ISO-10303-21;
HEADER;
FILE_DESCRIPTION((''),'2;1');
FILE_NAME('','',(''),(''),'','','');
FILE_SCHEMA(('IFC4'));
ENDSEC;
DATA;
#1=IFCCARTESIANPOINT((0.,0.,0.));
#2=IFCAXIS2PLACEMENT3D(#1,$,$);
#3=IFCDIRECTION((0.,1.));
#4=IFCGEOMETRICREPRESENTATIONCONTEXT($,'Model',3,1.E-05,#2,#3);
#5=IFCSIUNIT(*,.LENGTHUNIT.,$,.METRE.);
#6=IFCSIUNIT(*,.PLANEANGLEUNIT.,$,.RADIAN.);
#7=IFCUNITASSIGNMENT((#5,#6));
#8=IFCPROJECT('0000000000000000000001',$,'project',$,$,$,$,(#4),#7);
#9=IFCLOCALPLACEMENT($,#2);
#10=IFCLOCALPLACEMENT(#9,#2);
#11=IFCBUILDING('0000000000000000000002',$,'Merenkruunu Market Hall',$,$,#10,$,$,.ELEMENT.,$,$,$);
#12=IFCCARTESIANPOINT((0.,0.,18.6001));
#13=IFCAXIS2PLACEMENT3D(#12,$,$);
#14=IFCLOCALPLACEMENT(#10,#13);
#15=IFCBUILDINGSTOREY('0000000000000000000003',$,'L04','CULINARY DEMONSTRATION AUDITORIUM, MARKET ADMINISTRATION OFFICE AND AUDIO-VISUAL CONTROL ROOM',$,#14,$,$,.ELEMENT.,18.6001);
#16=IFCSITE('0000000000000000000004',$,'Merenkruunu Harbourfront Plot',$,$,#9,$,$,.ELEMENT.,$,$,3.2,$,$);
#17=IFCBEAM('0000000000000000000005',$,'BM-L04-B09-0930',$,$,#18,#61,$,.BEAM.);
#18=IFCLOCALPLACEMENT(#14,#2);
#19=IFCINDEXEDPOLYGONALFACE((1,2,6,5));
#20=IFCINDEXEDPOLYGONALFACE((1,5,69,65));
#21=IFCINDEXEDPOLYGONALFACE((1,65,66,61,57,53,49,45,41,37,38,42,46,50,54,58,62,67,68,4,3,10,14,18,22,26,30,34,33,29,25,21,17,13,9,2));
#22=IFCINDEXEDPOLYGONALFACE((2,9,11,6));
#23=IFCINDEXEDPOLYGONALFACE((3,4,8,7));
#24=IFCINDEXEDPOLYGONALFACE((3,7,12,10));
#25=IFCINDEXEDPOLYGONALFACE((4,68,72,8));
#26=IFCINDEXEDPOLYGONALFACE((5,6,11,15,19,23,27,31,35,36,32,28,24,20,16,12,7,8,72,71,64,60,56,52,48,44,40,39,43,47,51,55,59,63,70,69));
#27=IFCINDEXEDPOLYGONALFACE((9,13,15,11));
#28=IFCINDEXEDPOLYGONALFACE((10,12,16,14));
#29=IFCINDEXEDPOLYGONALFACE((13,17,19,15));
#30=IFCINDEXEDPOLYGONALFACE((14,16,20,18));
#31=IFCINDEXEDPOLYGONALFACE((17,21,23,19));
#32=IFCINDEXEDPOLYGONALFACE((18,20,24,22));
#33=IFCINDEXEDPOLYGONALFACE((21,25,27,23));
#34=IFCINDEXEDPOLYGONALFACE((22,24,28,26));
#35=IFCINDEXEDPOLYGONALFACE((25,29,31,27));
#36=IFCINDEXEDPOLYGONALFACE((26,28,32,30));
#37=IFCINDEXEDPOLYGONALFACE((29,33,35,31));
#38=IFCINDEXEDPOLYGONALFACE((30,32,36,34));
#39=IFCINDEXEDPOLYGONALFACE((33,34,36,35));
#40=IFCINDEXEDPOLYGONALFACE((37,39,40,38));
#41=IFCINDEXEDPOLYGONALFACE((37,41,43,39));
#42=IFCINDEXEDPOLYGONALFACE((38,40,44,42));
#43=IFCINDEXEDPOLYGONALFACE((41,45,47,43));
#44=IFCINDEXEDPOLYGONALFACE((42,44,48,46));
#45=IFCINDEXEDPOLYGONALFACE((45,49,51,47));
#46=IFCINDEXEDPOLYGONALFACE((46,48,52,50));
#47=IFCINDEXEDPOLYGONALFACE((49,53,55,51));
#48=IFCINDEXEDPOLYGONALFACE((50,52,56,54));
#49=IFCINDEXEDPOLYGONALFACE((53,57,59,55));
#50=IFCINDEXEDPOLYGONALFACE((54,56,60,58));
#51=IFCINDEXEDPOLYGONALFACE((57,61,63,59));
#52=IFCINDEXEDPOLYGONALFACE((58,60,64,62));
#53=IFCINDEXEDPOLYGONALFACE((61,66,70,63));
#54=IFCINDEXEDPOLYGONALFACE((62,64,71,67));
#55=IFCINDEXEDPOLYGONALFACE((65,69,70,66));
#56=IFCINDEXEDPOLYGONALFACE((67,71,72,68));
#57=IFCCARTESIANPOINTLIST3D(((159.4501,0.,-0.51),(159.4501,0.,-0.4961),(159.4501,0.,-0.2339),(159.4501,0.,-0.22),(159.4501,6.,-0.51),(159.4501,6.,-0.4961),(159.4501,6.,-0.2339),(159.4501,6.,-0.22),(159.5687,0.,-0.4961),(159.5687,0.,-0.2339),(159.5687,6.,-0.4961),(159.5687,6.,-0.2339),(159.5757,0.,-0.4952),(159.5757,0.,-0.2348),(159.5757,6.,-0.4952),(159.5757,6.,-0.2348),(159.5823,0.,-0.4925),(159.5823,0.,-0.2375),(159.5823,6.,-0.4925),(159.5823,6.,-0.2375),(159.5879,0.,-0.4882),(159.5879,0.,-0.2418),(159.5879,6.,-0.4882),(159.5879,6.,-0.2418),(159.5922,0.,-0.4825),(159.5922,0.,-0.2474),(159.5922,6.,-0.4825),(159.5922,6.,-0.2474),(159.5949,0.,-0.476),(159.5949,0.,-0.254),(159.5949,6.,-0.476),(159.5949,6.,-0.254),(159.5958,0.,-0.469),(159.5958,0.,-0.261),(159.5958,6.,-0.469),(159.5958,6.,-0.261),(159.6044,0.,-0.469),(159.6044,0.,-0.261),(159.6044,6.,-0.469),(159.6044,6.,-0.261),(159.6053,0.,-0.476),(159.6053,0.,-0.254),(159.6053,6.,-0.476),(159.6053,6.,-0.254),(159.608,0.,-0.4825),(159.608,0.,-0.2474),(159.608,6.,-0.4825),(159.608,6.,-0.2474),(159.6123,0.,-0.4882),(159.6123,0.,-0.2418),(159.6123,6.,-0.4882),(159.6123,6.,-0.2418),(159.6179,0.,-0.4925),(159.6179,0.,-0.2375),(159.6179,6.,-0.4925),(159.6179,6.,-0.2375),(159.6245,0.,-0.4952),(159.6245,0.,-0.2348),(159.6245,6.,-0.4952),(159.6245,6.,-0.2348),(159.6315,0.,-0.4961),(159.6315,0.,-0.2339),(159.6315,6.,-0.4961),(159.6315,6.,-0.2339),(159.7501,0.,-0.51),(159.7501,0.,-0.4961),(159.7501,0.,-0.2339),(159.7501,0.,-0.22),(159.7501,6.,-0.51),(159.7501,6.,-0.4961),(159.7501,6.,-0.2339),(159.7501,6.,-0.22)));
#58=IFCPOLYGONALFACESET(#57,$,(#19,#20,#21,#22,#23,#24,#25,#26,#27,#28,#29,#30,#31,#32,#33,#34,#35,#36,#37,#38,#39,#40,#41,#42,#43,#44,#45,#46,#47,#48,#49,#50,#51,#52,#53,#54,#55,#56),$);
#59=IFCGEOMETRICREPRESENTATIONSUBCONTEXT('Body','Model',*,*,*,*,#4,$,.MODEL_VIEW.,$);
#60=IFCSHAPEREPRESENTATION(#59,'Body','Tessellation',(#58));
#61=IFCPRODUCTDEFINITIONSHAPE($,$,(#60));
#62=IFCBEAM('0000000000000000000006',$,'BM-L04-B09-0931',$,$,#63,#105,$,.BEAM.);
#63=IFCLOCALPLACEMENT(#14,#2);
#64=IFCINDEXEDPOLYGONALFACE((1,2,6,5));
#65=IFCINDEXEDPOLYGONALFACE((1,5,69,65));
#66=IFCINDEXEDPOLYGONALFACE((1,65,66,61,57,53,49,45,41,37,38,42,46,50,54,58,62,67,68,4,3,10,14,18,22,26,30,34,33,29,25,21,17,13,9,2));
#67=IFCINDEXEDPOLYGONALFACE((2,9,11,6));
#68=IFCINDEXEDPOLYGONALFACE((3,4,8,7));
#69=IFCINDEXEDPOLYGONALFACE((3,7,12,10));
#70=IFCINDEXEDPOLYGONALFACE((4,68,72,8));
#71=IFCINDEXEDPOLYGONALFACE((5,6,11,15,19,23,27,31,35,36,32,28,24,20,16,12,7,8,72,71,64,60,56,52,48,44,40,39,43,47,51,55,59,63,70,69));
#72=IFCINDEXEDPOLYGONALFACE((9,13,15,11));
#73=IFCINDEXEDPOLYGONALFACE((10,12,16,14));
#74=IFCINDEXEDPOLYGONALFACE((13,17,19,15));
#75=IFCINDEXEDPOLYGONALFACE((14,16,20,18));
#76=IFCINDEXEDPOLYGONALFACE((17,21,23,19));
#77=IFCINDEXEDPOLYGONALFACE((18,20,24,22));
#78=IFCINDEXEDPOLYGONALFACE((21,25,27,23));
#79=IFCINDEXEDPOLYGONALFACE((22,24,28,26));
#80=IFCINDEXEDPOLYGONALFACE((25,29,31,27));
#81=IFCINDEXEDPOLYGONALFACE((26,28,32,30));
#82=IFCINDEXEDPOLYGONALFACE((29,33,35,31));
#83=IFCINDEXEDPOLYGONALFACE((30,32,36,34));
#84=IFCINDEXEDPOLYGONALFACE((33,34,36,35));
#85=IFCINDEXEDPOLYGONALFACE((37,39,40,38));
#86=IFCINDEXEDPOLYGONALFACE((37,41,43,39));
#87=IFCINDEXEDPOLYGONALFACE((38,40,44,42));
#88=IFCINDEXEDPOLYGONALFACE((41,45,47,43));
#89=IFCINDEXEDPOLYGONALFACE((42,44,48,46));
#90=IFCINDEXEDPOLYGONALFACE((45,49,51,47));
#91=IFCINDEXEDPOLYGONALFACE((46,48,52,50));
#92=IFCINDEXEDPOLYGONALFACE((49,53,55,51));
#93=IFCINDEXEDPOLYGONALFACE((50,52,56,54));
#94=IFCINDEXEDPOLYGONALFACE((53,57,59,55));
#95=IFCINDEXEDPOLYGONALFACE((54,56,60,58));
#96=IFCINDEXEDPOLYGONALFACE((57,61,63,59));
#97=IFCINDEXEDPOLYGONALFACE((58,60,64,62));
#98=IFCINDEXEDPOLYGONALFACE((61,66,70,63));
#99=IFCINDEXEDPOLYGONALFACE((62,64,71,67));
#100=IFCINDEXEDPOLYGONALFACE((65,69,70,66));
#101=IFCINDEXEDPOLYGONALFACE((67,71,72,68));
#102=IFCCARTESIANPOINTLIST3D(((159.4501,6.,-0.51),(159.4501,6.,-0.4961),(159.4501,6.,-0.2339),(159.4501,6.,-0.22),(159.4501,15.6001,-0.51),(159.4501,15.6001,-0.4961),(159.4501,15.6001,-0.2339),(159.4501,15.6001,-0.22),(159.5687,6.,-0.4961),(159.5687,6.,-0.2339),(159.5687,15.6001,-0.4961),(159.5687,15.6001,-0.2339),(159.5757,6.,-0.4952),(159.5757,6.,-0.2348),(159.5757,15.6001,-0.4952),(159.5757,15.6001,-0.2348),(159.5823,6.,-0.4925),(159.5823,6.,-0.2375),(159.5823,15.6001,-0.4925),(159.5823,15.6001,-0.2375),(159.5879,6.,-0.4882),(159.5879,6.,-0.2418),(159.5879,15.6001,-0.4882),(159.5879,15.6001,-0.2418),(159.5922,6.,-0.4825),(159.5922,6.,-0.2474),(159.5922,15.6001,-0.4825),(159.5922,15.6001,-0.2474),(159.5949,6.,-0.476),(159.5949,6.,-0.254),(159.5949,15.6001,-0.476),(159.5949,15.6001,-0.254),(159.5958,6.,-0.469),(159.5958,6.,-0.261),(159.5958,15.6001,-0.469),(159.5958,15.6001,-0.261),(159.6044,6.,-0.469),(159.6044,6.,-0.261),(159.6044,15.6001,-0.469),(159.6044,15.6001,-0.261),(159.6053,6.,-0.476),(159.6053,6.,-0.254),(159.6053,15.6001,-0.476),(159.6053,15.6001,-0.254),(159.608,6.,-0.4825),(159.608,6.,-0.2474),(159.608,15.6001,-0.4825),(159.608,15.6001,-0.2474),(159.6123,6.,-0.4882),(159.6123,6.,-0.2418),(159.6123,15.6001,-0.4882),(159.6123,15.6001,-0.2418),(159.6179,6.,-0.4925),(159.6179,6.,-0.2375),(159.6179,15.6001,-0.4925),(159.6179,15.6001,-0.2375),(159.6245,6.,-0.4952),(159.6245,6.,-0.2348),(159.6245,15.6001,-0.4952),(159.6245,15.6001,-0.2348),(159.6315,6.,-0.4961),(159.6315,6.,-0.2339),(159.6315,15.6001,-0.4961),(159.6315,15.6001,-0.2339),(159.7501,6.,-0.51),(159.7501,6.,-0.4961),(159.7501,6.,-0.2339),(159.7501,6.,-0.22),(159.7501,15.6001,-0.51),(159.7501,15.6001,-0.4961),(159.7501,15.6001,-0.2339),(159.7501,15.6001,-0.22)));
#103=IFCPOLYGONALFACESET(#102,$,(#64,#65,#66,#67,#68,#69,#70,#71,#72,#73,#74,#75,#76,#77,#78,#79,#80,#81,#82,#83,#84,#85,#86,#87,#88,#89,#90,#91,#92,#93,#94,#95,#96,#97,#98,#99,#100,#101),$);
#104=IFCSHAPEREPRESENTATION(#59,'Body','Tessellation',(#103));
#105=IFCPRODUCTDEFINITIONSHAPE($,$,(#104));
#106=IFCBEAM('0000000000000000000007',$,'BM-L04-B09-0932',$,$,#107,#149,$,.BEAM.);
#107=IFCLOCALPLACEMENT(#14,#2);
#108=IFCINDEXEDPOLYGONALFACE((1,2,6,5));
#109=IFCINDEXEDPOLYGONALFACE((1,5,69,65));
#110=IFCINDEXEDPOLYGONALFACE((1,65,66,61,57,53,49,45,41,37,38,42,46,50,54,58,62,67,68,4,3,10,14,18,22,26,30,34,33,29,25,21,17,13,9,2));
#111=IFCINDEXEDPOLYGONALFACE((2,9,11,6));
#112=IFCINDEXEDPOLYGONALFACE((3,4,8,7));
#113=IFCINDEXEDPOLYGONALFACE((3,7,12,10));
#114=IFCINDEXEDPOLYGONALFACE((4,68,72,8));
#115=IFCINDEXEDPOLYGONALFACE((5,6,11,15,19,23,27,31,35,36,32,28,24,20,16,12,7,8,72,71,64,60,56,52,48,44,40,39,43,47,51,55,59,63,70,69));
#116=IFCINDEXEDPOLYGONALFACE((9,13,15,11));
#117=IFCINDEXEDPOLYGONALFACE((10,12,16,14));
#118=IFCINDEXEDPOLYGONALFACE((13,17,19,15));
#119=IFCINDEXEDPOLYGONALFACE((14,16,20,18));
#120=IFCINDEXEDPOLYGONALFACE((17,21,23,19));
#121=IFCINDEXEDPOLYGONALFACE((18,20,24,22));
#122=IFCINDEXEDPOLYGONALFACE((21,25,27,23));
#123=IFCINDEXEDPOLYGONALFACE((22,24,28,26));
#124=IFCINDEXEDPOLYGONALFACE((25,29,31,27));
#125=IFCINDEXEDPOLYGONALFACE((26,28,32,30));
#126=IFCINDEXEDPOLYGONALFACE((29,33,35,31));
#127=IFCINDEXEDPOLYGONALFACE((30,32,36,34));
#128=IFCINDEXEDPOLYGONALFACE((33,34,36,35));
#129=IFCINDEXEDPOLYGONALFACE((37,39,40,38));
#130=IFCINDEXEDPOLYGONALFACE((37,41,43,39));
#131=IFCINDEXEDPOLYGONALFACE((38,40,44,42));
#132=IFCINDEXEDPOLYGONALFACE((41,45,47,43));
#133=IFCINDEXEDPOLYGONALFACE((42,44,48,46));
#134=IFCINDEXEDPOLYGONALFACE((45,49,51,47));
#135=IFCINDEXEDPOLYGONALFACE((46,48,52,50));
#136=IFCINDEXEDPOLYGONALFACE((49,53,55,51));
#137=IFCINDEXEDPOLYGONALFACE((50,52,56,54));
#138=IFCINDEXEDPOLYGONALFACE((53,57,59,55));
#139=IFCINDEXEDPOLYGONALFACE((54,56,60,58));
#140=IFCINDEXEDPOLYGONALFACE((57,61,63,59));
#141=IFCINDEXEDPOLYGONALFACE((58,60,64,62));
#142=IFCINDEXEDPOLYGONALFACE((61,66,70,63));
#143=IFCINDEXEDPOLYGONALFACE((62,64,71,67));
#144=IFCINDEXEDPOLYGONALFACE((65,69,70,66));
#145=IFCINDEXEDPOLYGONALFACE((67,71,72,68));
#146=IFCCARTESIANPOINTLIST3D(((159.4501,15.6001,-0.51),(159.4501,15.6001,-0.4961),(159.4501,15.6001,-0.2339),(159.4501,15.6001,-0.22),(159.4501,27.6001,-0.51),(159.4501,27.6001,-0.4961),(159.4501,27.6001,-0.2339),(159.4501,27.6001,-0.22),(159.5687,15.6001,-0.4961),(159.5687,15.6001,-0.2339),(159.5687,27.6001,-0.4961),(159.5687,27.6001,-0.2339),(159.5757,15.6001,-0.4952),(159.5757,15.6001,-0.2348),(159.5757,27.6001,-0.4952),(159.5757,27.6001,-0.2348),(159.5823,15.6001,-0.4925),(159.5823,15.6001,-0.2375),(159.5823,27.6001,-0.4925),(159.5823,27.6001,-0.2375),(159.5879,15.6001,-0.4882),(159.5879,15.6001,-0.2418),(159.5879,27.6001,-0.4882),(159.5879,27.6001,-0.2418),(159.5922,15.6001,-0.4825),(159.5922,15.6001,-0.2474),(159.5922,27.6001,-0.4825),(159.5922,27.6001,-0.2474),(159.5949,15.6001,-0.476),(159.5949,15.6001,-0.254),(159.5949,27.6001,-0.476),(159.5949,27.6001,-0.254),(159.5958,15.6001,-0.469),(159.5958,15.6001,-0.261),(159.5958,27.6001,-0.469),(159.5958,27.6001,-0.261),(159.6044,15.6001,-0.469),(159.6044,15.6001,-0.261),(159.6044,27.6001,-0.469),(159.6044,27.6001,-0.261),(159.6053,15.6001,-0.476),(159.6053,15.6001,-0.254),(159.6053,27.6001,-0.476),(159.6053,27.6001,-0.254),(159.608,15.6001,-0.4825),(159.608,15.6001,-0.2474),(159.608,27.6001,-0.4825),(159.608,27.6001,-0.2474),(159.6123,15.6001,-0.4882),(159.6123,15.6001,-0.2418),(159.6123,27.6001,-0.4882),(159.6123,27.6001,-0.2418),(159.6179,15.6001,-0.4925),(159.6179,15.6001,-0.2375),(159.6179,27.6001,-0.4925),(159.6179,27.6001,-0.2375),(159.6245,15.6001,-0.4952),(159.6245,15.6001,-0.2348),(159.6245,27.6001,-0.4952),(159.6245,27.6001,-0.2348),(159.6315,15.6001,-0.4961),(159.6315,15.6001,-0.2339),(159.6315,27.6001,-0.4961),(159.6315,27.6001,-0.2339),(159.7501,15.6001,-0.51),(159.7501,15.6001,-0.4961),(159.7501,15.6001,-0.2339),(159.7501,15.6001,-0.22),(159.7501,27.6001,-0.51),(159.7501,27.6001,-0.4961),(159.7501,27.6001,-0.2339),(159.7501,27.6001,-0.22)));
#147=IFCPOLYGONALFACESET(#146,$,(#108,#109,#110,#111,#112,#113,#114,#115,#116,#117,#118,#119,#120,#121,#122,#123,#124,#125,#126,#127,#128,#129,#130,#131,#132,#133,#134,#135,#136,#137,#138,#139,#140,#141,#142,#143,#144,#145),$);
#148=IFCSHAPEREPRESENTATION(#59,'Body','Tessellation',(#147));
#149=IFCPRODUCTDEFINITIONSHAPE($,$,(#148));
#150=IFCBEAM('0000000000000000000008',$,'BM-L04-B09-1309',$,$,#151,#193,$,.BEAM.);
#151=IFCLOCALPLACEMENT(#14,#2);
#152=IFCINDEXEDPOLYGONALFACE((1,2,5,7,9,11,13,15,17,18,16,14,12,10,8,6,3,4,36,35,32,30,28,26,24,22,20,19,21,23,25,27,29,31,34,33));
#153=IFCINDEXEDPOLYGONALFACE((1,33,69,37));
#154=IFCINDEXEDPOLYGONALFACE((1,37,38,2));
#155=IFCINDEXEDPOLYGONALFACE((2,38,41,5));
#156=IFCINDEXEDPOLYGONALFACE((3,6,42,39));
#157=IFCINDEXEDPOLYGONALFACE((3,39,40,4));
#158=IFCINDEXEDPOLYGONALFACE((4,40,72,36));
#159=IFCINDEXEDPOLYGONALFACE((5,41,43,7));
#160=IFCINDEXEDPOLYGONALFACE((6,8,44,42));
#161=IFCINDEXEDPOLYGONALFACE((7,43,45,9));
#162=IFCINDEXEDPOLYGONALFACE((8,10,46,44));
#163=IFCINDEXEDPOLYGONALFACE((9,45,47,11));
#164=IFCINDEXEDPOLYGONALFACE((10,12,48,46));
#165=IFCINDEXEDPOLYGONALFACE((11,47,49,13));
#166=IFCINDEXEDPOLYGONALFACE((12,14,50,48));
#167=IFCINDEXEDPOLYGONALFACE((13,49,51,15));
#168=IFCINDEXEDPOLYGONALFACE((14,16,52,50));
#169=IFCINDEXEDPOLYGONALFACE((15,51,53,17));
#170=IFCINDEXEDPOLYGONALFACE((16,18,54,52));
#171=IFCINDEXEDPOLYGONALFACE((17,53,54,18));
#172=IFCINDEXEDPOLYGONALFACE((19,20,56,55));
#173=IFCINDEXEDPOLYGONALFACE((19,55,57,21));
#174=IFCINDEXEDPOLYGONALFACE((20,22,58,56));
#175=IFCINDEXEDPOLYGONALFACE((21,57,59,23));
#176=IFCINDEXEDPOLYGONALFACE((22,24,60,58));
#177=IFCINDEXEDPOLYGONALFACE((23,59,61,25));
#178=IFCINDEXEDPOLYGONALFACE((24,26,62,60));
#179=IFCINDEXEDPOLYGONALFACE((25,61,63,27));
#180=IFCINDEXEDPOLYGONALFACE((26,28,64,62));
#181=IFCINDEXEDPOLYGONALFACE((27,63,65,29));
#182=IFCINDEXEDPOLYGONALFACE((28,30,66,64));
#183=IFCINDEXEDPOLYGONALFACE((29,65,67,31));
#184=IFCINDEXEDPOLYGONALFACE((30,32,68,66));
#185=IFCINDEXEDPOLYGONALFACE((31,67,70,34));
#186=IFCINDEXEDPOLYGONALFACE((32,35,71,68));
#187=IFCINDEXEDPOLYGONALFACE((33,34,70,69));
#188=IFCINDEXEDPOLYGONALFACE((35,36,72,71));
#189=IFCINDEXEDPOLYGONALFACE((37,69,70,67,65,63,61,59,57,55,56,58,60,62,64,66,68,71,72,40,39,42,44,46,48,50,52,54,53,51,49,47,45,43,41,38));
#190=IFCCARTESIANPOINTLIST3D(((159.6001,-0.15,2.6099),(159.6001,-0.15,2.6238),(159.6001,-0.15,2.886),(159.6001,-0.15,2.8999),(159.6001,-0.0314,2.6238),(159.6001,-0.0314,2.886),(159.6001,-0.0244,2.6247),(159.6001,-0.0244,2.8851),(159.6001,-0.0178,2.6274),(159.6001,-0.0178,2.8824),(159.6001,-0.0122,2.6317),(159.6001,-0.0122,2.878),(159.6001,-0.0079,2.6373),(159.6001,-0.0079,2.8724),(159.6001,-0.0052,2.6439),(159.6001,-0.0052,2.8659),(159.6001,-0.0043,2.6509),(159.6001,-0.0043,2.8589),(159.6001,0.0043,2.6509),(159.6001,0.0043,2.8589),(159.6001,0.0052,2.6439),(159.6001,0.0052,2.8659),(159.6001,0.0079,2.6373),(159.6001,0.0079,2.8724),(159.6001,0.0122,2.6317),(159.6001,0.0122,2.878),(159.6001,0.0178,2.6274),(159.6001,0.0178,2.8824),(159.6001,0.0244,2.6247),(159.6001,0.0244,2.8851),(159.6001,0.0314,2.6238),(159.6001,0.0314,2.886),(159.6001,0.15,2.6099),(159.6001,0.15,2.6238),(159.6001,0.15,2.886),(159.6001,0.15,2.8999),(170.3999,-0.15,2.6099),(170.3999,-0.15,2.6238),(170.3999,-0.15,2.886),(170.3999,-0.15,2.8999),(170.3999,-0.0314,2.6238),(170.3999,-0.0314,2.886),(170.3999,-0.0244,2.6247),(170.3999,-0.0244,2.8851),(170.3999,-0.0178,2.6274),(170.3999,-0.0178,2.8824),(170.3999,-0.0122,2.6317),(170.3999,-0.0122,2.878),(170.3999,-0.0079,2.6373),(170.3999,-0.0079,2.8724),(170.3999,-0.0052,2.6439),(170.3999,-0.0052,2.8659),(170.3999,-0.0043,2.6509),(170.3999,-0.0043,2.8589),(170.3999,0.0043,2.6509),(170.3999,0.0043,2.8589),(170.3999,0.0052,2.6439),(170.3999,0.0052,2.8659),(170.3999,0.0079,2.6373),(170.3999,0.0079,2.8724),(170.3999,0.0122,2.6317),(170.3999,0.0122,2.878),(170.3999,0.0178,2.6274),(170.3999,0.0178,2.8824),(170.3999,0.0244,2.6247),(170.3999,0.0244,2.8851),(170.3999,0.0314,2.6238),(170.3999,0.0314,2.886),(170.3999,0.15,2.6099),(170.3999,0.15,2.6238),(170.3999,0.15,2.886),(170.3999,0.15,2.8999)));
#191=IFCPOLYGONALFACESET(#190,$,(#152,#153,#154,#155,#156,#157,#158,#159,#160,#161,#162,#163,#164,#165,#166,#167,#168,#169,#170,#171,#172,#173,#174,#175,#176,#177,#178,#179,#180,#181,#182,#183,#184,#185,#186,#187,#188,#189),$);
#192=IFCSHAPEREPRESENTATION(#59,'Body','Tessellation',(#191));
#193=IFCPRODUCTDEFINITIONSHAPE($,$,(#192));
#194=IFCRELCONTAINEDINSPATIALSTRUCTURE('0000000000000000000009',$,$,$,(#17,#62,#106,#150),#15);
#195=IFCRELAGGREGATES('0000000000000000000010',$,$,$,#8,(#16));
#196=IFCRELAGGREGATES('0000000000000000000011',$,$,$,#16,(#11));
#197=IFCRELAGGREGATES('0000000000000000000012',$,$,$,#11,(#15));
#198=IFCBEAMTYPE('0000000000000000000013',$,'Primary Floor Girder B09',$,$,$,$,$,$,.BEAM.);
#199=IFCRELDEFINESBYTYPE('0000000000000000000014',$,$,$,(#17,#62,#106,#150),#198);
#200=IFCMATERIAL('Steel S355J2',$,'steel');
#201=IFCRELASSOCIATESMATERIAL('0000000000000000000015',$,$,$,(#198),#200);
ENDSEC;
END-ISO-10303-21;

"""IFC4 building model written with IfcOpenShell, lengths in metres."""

from ifc_helpers import new_model, si_unit, direction, frame, origin, origin_2d, place, context, subcontext, project, spatial, i_section, extrude, material, material_profile, profile_set, type_object, element, save


model = new_model("IFC4")

# Units and contexts
model_context = context("Model", 3, precision=1e-05, world=origin(), true_north=direction((0.0, 1.0)))
body_context = subcontext(model_context, "Body", "Model", "MODEL_VIEW")
ifc_project = project(units=[si_unit("LENGTHUNIT", "METRE"), si_unit("PLANEANGLEUNIT", "RADIAN")], contexts=[model_context])

# Site, building, storey
site_placement = place(None, origin())
site = spatial("IfcSite", under=ifc_project, at=site_placement, Name="Merenkruunu Harbourfront Plot", CompositionType="ELEMENT", RefElevation=3.2)
building_placement = place(site_placement, origin())
building = spatial("IfcBuilding", under=site, at=building_placement, Name="Merenkruunu Market Hall", CompositionType="ELEMENT")
storey_placement = place(building_placement, frame((0.0, 0.0, 18.6001)))
storey = spatial("IfcBuildingStorey", under=building, at=storey_placement, Name="L04", Description="CULINARY DEMONSTRATION AUDITORIUM, MARKET ADMINISTRATION OFFICE AND AUDIO-VISUAL CONTROL ROOM", CompositionType="ELEMENT", Elevation=18.6001)

# Shared definitions
ifc_material_1 = material(Name="Steel S355J2", Category="steel")

# Beams
ifc_material_profile_1 = material_profile(ifc_material_1, i_section(OverallWidth=0.3, OverallDepth=0.29, WebThickness=0.0085, FlangeThickness=0.0139, FilletRadius=0.0271, at=origin_2d()), Name="HEA 300")
ifc_profile_set_1 = profile_set([ifc_material_profile_1], Name="Steel S355J2")
beam_type_1 = type_object("IfcBeamType", Name="Primary Floor Girder B09", PredefinedType="BEAM", material=ifc_profile_set_1)
beam_1_placement = place(storey_placement, frame((159.6001, 0.0, -0.365), z_axis=(0.0, 1.0, 0.0), x_axis=(-1.0, 0.0, 0.0)))
element("IfcBeam", 1, at=beam_1_placement, inside=storey, type_object=beam_type_1, Name="BM-L04-B09-0930", PredefinedType="BEAM", context=body_context, shape_type="SweptSolid", body=[
    extrude(i_section(OverallWidth=0.3, OverallDepth=0.29, WebThickness=0.0085, FlangeThickness=0.0139, FilletRadius=0.0271, at=origin_2d()), origin(), (0.0, 0.0, 1.0), 6.0),
])
beam_2_placement = place(storey_placement, frame((159.6001, 6.0, -0.365), z_axis=(0.0, 1.0, 0.0), x_axis=(-1.0, 0.0, 0.0)))
element("IfcBeam", 2, at=beam_2_placement, inside=storey, type_object=beam_type_1, Name="BM-L04-B09-0931", PredefinedType="BEAM", context=body_context, shape_type="SweptSolid", body=[
    extrude(i_section(OverallWidth=0.3, OverallDepth=0.29, WebThickness=0.0085, FlangeThickness=0.0139, FilletRadius=0.0271, at=origin_2d()), origin(), (0.0, 0.0, 1.0), 9.6001),
])
beam_3_placement = place(storey_placement, frame((159.6001, 15.6001, -0.365), z_axis=(0.0, 1.0, 0.0), x_axis=(-1.0, 0.0, 0.0)))
element("IfcBeam", 3, at=beam_3_placement, inside=storey, type_object=beam_type_1, Name="BM-L04-B09-0932", PredefinedType="BEAM", context=body_context, shape_type="SweptSolid", body=[
    extrude(i_section(OverallWidth=0.3, OverallDepth=0.29, WebThickness=0.0085, FlangeThickness=0.0139, FilletRadius=0.0271, at=origin_2d()), origin(), (0.0, 0.0, 1.0), 12.0),
])
for number, where, z_axis, x_axis, name in (
    (4, (159.6001, 0.0, 2.7549), (1.0, 0.0, 0.0), (0.0, 1.0, 0.0), "BM-L04-B09-1309"),
):
    element("IfcBeam", number, at=place(storey_placement, frame(where, z_axis=z_axis, x_axis=x_axis)), inside=storey, type_object=beam_type_1, Name=name, PredefinedType="BEAM", context=body_context, shape_type="SweptSolid", body=[
        extrude(i_section(OverallWidth=0.3, OverallDepth=0.29, WebThickness=0.0085, FlangeThickness=0.0139, FilletRadius=0.0271, at=origin_2d()), origin(), (0.0, 0.0, 1.0), 10.7998),
    ])

save(model, "model.ifc")
